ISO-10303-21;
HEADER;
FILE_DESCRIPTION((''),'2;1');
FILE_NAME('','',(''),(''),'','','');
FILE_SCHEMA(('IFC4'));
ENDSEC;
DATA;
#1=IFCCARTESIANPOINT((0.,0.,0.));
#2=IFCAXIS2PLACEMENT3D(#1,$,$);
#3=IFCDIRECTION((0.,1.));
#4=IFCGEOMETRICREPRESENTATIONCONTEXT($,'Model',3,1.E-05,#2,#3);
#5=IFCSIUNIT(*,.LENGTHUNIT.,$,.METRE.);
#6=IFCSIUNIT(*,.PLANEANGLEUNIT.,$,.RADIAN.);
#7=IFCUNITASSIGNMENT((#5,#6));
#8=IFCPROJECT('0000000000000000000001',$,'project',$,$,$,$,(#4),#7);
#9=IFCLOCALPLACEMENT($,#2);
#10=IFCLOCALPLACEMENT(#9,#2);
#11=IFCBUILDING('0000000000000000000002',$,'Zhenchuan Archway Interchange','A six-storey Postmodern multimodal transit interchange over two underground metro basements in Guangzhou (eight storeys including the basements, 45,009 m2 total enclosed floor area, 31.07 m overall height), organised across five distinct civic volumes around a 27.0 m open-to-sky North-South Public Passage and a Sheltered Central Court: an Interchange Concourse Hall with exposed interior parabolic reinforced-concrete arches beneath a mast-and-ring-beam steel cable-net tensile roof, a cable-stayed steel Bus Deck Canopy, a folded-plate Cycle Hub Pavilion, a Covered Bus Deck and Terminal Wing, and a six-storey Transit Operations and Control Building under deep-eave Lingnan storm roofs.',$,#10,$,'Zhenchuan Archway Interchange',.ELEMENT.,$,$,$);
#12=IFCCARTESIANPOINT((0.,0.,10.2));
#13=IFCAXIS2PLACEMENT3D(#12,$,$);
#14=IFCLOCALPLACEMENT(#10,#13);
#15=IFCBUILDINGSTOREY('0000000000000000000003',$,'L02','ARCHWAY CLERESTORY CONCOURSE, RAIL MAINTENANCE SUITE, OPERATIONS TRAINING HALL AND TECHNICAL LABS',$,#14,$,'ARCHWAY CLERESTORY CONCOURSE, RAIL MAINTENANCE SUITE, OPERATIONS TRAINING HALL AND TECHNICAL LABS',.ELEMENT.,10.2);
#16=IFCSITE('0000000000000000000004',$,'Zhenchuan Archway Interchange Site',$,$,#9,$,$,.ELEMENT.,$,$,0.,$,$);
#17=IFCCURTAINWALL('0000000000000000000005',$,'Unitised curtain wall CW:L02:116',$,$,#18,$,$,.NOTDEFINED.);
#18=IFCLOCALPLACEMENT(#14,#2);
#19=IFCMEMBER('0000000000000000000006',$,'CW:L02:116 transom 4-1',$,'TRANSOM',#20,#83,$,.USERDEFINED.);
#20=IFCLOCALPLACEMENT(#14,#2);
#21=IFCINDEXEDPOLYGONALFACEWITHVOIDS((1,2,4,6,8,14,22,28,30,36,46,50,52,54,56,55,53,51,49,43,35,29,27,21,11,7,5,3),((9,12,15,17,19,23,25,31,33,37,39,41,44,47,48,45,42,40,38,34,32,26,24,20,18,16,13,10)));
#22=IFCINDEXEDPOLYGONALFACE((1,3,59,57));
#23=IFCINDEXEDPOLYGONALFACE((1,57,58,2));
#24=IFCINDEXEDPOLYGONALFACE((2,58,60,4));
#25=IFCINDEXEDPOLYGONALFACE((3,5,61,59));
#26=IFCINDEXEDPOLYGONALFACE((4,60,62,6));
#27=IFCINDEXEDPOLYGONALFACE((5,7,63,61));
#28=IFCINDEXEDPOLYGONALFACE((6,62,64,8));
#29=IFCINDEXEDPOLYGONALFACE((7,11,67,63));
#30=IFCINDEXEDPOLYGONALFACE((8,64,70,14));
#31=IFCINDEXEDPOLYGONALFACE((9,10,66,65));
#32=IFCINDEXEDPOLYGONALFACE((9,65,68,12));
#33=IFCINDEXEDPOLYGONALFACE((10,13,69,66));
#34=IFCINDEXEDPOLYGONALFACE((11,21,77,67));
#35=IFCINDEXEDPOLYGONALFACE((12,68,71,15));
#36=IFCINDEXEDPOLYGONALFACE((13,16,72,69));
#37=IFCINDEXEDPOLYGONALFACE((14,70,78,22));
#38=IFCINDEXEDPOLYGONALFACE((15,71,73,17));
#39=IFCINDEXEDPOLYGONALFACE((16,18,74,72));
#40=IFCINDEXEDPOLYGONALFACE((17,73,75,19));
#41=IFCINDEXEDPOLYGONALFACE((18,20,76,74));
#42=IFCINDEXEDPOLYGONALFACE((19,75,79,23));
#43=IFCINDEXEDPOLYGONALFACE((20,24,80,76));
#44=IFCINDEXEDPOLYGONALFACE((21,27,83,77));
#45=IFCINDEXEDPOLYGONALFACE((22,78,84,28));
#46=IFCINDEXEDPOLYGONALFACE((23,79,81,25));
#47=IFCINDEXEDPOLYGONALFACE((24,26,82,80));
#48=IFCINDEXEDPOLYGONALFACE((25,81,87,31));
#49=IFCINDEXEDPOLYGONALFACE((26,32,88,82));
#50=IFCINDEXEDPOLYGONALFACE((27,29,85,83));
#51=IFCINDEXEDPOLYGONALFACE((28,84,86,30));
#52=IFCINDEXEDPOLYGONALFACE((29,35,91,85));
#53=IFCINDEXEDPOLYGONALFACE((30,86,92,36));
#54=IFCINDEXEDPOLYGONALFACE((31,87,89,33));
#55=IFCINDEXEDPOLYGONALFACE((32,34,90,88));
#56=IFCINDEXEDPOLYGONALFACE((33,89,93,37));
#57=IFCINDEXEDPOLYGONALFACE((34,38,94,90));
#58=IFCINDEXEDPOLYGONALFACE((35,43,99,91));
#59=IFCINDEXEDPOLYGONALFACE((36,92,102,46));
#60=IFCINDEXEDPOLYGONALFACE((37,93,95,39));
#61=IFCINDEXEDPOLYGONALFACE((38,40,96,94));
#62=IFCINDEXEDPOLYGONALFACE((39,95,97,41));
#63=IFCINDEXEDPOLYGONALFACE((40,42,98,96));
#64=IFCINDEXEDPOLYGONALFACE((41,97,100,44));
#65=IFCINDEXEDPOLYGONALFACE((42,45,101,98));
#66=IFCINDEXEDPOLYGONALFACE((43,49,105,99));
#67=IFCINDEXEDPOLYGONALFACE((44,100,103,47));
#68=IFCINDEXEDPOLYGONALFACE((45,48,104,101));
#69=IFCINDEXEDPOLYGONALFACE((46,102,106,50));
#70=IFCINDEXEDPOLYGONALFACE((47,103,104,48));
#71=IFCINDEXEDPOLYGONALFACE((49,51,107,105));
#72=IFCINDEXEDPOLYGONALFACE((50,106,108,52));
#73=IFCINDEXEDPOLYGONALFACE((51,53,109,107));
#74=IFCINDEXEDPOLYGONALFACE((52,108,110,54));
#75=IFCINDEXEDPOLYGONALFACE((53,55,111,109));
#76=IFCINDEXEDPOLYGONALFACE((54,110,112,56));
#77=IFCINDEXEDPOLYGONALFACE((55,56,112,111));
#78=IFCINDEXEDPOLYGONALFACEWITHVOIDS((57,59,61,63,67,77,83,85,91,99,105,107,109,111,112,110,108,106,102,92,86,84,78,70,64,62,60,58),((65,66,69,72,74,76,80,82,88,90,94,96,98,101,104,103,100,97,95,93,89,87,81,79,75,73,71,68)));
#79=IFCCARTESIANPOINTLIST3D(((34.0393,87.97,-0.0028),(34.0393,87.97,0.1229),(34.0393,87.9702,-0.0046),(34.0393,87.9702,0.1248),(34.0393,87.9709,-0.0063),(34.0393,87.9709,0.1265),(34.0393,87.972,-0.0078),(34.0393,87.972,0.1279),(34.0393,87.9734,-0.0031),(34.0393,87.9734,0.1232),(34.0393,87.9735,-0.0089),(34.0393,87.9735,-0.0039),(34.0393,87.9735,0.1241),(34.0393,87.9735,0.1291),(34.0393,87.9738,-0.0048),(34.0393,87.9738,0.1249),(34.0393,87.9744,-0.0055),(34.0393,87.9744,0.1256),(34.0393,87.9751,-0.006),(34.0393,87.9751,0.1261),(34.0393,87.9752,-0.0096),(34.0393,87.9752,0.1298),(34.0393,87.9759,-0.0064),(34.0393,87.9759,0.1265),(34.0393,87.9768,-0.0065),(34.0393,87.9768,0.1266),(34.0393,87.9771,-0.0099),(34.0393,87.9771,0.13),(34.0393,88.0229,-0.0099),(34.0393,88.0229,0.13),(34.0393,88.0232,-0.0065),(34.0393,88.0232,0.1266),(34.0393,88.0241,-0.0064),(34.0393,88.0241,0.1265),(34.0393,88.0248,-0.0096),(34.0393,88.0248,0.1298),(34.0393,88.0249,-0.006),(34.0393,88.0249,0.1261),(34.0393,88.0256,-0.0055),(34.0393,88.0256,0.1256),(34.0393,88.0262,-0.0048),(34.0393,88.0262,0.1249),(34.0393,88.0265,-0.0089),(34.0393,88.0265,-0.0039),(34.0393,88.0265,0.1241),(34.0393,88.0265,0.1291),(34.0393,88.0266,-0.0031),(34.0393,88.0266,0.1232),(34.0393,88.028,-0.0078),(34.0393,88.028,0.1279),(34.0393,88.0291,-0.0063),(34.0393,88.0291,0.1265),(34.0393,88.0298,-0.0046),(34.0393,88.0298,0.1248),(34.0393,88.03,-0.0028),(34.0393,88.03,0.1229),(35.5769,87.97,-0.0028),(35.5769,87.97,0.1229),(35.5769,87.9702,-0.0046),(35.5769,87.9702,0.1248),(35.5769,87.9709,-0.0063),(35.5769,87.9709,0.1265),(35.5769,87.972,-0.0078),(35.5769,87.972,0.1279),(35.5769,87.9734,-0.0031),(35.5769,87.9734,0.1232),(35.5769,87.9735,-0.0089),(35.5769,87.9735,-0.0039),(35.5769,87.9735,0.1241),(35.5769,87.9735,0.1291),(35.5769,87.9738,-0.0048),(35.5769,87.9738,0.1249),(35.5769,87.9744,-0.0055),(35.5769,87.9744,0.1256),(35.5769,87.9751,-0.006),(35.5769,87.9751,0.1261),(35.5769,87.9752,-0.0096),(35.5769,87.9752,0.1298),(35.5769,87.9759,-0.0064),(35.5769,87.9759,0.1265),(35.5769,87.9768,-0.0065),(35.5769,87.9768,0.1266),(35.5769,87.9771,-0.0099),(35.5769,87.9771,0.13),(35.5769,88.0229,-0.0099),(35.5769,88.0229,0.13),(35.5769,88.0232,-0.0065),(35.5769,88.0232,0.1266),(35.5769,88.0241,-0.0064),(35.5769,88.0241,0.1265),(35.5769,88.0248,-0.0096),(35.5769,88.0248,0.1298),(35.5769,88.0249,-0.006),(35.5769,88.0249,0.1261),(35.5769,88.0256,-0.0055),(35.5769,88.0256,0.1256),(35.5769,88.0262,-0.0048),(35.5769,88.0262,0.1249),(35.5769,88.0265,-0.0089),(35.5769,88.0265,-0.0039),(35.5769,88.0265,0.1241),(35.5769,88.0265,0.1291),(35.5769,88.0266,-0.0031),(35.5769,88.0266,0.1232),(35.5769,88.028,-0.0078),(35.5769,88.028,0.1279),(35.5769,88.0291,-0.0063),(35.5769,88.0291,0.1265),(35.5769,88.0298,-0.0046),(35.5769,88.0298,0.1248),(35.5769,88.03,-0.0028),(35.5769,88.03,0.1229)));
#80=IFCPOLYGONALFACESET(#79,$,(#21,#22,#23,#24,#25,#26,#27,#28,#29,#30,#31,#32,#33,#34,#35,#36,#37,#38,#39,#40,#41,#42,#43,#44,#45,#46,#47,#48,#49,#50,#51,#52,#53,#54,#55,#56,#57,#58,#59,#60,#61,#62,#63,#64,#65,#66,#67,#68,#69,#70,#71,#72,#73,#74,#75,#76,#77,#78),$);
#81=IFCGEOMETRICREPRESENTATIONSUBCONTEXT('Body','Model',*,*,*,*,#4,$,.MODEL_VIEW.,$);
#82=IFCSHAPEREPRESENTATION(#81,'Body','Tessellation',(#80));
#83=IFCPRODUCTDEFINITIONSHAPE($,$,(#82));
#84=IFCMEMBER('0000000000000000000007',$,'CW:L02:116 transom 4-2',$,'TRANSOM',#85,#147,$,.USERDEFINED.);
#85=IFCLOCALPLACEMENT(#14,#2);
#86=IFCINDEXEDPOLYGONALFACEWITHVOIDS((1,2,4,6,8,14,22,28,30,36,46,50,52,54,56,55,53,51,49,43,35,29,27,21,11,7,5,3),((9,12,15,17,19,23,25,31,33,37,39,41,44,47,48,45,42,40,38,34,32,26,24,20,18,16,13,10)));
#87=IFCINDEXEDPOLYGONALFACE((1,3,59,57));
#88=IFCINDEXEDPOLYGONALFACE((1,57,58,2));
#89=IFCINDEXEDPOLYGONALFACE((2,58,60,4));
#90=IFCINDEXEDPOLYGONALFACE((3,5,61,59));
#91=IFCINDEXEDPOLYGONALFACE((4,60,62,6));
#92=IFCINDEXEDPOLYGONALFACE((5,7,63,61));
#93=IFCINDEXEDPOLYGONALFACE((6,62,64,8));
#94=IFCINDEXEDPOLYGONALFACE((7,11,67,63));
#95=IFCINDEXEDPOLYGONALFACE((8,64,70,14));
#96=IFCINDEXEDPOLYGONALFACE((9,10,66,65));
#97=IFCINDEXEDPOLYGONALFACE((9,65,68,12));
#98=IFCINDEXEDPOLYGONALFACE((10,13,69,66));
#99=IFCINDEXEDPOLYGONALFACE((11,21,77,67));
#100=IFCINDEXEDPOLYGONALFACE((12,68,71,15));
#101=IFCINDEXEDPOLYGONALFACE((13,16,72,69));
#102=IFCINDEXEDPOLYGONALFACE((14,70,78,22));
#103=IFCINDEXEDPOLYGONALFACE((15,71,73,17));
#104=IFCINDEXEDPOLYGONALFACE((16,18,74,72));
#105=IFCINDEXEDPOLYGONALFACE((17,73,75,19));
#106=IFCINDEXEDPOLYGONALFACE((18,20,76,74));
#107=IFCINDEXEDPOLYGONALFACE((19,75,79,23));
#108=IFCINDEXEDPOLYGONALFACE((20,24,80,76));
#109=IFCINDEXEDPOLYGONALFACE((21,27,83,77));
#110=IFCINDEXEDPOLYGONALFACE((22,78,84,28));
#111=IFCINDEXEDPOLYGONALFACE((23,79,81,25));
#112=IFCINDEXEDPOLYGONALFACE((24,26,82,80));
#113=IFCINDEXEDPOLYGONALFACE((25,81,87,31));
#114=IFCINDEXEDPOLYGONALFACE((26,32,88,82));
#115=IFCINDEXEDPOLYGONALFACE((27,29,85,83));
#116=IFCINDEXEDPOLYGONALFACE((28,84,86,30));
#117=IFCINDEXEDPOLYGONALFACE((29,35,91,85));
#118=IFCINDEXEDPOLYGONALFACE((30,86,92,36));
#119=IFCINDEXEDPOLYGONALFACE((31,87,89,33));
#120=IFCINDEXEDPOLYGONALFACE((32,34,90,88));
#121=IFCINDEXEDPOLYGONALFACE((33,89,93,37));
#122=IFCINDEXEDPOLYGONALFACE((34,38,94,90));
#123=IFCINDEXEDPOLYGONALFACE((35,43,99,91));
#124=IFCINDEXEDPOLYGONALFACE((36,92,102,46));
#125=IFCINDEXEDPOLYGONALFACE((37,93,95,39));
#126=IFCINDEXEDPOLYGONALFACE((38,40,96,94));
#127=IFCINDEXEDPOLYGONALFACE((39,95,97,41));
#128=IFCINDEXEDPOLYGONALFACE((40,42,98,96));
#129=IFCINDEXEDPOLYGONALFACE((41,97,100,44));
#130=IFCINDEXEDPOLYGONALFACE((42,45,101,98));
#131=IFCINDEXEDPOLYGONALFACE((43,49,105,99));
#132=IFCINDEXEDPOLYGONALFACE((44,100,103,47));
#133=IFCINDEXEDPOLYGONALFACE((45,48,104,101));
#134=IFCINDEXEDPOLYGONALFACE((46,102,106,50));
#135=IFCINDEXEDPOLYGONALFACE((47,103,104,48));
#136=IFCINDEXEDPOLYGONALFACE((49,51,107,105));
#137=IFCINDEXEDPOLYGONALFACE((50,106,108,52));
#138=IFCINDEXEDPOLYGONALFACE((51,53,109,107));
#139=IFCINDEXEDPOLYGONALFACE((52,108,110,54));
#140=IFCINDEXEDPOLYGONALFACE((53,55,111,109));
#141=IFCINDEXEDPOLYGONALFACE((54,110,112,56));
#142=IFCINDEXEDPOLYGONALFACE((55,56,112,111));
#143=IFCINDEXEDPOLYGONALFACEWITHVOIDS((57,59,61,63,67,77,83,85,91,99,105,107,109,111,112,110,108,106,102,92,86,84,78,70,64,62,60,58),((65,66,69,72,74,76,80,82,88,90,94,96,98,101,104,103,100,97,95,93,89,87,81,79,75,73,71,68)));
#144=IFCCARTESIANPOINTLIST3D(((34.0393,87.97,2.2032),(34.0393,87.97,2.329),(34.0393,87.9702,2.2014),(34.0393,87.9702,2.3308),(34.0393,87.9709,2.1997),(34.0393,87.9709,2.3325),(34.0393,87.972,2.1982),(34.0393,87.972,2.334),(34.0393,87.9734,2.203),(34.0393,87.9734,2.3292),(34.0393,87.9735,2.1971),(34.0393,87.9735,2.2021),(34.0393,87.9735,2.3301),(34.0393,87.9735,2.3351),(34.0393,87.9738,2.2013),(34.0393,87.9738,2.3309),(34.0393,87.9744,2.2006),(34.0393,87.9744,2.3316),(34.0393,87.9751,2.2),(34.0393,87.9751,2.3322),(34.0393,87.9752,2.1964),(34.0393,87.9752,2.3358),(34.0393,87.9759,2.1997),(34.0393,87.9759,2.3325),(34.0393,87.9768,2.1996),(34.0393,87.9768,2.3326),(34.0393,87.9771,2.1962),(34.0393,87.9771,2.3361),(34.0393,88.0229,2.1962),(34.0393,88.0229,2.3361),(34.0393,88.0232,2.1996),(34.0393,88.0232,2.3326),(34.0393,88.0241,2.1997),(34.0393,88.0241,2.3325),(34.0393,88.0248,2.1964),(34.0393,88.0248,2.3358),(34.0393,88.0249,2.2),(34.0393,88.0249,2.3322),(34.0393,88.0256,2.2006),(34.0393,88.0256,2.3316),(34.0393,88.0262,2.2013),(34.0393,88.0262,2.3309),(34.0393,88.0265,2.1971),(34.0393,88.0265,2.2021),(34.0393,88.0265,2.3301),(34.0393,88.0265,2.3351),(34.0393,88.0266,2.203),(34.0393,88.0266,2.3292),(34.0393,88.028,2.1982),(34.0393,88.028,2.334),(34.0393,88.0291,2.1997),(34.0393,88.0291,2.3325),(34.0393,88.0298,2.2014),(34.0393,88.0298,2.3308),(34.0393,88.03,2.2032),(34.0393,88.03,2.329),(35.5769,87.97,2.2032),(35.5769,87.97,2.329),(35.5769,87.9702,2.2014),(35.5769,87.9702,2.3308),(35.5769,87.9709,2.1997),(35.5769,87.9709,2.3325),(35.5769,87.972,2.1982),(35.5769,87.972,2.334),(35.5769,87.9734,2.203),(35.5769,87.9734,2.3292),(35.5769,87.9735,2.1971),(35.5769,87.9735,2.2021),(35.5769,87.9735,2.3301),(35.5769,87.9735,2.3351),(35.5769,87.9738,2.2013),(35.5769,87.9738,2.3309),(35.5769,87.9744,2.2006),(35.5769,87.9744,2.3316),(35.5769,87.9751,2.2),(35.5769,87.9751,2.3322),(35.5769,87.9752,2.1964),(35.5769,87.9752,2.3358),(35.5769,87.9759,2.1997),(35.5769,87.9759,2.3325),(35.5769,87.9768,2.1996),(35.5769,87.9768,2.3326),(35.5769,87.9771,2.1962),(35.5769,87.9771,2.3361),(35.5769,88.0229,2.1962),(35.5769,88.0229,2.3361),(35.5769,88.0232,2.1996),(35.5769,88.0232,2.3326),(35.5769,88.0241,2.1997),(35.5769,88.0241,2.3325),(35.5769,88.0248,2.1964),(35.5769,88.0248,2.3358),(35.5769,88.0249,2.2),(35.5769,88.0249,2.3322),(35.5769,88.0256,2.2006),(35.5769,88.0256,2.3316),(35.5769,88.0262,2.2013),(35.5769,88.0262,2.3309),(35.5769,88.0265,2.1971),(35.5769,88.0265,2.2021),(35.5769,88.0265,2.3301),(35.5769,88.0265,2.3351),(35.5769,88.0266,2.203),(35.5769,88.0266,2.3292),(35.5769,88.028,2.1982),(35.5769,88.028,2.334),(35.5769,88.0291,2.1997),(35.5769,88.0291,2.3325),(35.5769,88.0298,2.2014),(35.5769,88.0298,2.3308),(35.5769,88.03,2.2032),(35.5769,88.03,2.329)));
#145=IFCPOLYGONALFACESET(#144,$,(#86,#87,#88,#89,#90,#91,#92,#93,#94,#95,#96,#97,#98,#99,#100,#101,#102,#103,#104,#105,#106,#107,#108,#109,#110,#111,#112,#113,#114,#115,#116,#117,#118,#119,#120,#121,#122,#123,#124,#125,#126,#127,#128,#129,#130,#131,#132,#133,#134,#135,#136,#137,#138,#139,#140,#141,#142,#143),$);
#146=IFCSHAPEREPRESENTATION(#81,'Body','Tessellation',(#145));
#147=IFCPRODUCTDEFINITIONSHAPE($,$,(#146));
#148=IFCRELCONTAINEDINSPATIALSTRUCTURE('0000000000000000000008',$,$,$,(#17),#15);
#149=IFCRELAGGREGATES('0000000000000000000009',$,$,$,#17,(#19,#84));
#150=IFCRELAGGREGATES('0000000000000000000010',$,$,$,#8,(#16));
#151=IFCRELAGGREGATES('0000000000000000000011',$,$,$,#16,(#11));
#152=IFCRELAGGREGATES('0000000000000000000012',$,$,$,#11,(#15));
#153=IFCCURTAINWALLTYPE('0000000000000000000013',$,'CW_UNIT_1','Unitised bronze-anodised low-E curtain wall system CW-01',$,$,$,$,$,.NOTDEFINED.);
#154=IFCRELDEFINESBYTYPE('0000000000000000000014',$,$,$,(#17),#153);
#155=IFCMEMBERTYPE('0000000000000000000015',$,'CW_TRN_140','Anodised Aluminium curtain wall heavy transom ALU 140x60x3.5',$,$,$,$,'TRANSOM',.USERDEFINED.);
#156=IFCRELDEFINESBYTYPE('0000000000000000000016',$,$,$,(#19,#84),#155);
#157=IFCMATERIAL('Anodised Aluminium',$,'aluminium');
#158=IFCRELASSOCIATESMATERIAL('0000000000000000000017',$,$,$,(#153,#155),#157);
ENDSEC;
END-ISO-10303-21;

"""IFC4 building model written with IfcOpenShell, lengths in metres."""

from ifc_helpers import new_model, si_unit, direction, frame, origin, origin_2d, place, context, subcontext, project, spatial, hollow_rectangle, extrude, material, material_profile, profile_set, type_object, element, aggregate, save


model = new_model("IFC4")

# Units and contexts
model_context = context("Model", 3, precision=1e-05, world=origin(), true_north=direction((0.0, 1.0)))
body_context = subcontext(model_context, "Body", "Model", "MODEL_VIEW")
ifc_project = project(units=[si_unit("LENGTHUNIT", "METRE"), si_unit("PLANEANGLEUNIT", "RADIAN")], contexts=[model_context])

# Site, building, storey
site_placement = place(None, origin())
site = spatial("IfcSite", under=ifc_project, at=site_placement, Name="Zhenchuan Archway Interchange Site", CompositionType="ELEMENT", RefElevation=0.0)
building_placement = place(site_placement, origin())
building = spatial("IfcBuilding", under=site, at=building_placement, Name="Zhenchuan Archway Interchange", Description="A six-storey Postmodern multimodal transit interchange over two underground metro basements in Guangzhou (eight storeys including the basements, 45,009 m2 total enclosed floor area, 31.07 m overall height), organised across five distinct civic volumes around a 27.0 m open-to-sky North-South Public Passage and a Sheltered Central Court: an Interchange Concourse Hall with exposed interior parabolic reinforced-concrete arches beneath a mast-and-ring-beam steel cable-net tensile roof, a cable-stayed steel Bus Deck Canopy, a folded-plate Cycle Hub Pavilion, a Covered Bus Deck and Terminal Wing, and a six-storey Transit Operations and Control Building under deep-eave Lingnan storm roofs.", LongName="Zhenchuan Archway Interchange", CompositionType="ELEMENT")
storey_placement = place(building_placement, frame((0.0, 0.0, 10.2)))
storey = spatial("IfcBuildingStorey", under=building, at=storey_placement, Name="L02", Description="ARCHWAY CLERESTORY CONCOURSE, RAIL MAINTENANCE SUITE, OPERATIONS TRAINING HALL AND TECHNICAL LABS", LongName="ARCHWAY CLERESTORY CONCOURSE, RAIL MAINTENANCE SUITE, OPERATIONS TRAINING HALL AND TECHNICAL LABS", CompositionType="ELEMENT", Elevation=10.2)

# Curtain wall
ifc_material_1 = material(Name="Anodised Aluminium", Category="aluminium")
curtain_wall_type_1 = type_object("IfcCurtainWallType", Name="CW_UNIT_1", Description="Unitised bronze-anodised low-E curtain wall system CW-01", PredefinedType="NOTDEFINED", material=ifc_material_1)
curtain_wall_1_placement = place(storey_placement, origin())
curtain_wall_1 = element("IfcCurtainWall", 1, at=curtain_wall_1_placement, inside=storey, type_object=curtain_wall_type_1, Name="Unitised curtain wall CW:L02:116", PredefinedType="NOTDEFINED")

# Members
ifc_material_profile_1 = material_profile(ifc_material_1, hollow_rectangle(XDim=0.0601, YDim=0.1399, WallThickness=0.0034, InnerFilletRadius=0.0034, OuterFilletRadius=0.0071, at=origin_2d()), Name="ALU 140x60x3.5")
ifc_profile_set_1 = profile_set([ifc_material_profile_1], Name="Anodised Aluminium")
member_type_1 = type_object("IfcMemberType", Name="CW_TRN_140", Description="Anodised Aluminium curtain wall heavy transom ALU 140x60x3.5", ElementType="TRANSOM", PredefinedType="USERDEFINED", material=ifc_profile_set_1)
member_1_placement = place(storey_placement, frame((34.0393, 88.0, 0.0601), z_axis=(1.0, 0.0, 0.0), x_axis=(0.0, 1.0, 0.0)))
member_1 = element("IfcMember", 2, at=member_1_placement, type_object=member_type_1, Name="CW:L02:116 transom 4-1", ObjectType="TRANSOM", PredefinedType="USERDEFINED", context=body_context, shape_type="SweptSolid", body=[
    extrude(hollow_rectangle(XDim=0.0601, YDim=0.1399, WallThickness=0.0034, InnerFilletRadius=0.0034, OuterFilletRadius=0.0071, at=origin_2d()), origin(), (0.0, 0.0, 1.0), 1.5376),
])
member_2_placement = place(storey_placement, frame((34.0393, 88.0, 2.2661), z_axis=(1.0, 0.0, 0.0), x_axis=(0.0, 1.0, 0.0)))
member_2 = element("IfcMember", 3, at=member_2_placement, type_object=member_type_1, Name="CW:L02:116 transom 4-2", ObjectType="TRANSOM", PredefinedType="USERDEFINED", context=body_context, shape_type="SweptSolid", body=[
    extrude(hollow_rectangle(XDim=0.0601, YDim=0.1399, WallThickness=0.0034, InnerFilletRadius=0.0034, OuterFilletRadius=0.0071, at=origin_2d()), origin(), (0.0, 0.0, 1.0), 1.5376),
])

aggregate(curtain_wall_1, [member_1, member_2])

save(model, "model.ifc")
